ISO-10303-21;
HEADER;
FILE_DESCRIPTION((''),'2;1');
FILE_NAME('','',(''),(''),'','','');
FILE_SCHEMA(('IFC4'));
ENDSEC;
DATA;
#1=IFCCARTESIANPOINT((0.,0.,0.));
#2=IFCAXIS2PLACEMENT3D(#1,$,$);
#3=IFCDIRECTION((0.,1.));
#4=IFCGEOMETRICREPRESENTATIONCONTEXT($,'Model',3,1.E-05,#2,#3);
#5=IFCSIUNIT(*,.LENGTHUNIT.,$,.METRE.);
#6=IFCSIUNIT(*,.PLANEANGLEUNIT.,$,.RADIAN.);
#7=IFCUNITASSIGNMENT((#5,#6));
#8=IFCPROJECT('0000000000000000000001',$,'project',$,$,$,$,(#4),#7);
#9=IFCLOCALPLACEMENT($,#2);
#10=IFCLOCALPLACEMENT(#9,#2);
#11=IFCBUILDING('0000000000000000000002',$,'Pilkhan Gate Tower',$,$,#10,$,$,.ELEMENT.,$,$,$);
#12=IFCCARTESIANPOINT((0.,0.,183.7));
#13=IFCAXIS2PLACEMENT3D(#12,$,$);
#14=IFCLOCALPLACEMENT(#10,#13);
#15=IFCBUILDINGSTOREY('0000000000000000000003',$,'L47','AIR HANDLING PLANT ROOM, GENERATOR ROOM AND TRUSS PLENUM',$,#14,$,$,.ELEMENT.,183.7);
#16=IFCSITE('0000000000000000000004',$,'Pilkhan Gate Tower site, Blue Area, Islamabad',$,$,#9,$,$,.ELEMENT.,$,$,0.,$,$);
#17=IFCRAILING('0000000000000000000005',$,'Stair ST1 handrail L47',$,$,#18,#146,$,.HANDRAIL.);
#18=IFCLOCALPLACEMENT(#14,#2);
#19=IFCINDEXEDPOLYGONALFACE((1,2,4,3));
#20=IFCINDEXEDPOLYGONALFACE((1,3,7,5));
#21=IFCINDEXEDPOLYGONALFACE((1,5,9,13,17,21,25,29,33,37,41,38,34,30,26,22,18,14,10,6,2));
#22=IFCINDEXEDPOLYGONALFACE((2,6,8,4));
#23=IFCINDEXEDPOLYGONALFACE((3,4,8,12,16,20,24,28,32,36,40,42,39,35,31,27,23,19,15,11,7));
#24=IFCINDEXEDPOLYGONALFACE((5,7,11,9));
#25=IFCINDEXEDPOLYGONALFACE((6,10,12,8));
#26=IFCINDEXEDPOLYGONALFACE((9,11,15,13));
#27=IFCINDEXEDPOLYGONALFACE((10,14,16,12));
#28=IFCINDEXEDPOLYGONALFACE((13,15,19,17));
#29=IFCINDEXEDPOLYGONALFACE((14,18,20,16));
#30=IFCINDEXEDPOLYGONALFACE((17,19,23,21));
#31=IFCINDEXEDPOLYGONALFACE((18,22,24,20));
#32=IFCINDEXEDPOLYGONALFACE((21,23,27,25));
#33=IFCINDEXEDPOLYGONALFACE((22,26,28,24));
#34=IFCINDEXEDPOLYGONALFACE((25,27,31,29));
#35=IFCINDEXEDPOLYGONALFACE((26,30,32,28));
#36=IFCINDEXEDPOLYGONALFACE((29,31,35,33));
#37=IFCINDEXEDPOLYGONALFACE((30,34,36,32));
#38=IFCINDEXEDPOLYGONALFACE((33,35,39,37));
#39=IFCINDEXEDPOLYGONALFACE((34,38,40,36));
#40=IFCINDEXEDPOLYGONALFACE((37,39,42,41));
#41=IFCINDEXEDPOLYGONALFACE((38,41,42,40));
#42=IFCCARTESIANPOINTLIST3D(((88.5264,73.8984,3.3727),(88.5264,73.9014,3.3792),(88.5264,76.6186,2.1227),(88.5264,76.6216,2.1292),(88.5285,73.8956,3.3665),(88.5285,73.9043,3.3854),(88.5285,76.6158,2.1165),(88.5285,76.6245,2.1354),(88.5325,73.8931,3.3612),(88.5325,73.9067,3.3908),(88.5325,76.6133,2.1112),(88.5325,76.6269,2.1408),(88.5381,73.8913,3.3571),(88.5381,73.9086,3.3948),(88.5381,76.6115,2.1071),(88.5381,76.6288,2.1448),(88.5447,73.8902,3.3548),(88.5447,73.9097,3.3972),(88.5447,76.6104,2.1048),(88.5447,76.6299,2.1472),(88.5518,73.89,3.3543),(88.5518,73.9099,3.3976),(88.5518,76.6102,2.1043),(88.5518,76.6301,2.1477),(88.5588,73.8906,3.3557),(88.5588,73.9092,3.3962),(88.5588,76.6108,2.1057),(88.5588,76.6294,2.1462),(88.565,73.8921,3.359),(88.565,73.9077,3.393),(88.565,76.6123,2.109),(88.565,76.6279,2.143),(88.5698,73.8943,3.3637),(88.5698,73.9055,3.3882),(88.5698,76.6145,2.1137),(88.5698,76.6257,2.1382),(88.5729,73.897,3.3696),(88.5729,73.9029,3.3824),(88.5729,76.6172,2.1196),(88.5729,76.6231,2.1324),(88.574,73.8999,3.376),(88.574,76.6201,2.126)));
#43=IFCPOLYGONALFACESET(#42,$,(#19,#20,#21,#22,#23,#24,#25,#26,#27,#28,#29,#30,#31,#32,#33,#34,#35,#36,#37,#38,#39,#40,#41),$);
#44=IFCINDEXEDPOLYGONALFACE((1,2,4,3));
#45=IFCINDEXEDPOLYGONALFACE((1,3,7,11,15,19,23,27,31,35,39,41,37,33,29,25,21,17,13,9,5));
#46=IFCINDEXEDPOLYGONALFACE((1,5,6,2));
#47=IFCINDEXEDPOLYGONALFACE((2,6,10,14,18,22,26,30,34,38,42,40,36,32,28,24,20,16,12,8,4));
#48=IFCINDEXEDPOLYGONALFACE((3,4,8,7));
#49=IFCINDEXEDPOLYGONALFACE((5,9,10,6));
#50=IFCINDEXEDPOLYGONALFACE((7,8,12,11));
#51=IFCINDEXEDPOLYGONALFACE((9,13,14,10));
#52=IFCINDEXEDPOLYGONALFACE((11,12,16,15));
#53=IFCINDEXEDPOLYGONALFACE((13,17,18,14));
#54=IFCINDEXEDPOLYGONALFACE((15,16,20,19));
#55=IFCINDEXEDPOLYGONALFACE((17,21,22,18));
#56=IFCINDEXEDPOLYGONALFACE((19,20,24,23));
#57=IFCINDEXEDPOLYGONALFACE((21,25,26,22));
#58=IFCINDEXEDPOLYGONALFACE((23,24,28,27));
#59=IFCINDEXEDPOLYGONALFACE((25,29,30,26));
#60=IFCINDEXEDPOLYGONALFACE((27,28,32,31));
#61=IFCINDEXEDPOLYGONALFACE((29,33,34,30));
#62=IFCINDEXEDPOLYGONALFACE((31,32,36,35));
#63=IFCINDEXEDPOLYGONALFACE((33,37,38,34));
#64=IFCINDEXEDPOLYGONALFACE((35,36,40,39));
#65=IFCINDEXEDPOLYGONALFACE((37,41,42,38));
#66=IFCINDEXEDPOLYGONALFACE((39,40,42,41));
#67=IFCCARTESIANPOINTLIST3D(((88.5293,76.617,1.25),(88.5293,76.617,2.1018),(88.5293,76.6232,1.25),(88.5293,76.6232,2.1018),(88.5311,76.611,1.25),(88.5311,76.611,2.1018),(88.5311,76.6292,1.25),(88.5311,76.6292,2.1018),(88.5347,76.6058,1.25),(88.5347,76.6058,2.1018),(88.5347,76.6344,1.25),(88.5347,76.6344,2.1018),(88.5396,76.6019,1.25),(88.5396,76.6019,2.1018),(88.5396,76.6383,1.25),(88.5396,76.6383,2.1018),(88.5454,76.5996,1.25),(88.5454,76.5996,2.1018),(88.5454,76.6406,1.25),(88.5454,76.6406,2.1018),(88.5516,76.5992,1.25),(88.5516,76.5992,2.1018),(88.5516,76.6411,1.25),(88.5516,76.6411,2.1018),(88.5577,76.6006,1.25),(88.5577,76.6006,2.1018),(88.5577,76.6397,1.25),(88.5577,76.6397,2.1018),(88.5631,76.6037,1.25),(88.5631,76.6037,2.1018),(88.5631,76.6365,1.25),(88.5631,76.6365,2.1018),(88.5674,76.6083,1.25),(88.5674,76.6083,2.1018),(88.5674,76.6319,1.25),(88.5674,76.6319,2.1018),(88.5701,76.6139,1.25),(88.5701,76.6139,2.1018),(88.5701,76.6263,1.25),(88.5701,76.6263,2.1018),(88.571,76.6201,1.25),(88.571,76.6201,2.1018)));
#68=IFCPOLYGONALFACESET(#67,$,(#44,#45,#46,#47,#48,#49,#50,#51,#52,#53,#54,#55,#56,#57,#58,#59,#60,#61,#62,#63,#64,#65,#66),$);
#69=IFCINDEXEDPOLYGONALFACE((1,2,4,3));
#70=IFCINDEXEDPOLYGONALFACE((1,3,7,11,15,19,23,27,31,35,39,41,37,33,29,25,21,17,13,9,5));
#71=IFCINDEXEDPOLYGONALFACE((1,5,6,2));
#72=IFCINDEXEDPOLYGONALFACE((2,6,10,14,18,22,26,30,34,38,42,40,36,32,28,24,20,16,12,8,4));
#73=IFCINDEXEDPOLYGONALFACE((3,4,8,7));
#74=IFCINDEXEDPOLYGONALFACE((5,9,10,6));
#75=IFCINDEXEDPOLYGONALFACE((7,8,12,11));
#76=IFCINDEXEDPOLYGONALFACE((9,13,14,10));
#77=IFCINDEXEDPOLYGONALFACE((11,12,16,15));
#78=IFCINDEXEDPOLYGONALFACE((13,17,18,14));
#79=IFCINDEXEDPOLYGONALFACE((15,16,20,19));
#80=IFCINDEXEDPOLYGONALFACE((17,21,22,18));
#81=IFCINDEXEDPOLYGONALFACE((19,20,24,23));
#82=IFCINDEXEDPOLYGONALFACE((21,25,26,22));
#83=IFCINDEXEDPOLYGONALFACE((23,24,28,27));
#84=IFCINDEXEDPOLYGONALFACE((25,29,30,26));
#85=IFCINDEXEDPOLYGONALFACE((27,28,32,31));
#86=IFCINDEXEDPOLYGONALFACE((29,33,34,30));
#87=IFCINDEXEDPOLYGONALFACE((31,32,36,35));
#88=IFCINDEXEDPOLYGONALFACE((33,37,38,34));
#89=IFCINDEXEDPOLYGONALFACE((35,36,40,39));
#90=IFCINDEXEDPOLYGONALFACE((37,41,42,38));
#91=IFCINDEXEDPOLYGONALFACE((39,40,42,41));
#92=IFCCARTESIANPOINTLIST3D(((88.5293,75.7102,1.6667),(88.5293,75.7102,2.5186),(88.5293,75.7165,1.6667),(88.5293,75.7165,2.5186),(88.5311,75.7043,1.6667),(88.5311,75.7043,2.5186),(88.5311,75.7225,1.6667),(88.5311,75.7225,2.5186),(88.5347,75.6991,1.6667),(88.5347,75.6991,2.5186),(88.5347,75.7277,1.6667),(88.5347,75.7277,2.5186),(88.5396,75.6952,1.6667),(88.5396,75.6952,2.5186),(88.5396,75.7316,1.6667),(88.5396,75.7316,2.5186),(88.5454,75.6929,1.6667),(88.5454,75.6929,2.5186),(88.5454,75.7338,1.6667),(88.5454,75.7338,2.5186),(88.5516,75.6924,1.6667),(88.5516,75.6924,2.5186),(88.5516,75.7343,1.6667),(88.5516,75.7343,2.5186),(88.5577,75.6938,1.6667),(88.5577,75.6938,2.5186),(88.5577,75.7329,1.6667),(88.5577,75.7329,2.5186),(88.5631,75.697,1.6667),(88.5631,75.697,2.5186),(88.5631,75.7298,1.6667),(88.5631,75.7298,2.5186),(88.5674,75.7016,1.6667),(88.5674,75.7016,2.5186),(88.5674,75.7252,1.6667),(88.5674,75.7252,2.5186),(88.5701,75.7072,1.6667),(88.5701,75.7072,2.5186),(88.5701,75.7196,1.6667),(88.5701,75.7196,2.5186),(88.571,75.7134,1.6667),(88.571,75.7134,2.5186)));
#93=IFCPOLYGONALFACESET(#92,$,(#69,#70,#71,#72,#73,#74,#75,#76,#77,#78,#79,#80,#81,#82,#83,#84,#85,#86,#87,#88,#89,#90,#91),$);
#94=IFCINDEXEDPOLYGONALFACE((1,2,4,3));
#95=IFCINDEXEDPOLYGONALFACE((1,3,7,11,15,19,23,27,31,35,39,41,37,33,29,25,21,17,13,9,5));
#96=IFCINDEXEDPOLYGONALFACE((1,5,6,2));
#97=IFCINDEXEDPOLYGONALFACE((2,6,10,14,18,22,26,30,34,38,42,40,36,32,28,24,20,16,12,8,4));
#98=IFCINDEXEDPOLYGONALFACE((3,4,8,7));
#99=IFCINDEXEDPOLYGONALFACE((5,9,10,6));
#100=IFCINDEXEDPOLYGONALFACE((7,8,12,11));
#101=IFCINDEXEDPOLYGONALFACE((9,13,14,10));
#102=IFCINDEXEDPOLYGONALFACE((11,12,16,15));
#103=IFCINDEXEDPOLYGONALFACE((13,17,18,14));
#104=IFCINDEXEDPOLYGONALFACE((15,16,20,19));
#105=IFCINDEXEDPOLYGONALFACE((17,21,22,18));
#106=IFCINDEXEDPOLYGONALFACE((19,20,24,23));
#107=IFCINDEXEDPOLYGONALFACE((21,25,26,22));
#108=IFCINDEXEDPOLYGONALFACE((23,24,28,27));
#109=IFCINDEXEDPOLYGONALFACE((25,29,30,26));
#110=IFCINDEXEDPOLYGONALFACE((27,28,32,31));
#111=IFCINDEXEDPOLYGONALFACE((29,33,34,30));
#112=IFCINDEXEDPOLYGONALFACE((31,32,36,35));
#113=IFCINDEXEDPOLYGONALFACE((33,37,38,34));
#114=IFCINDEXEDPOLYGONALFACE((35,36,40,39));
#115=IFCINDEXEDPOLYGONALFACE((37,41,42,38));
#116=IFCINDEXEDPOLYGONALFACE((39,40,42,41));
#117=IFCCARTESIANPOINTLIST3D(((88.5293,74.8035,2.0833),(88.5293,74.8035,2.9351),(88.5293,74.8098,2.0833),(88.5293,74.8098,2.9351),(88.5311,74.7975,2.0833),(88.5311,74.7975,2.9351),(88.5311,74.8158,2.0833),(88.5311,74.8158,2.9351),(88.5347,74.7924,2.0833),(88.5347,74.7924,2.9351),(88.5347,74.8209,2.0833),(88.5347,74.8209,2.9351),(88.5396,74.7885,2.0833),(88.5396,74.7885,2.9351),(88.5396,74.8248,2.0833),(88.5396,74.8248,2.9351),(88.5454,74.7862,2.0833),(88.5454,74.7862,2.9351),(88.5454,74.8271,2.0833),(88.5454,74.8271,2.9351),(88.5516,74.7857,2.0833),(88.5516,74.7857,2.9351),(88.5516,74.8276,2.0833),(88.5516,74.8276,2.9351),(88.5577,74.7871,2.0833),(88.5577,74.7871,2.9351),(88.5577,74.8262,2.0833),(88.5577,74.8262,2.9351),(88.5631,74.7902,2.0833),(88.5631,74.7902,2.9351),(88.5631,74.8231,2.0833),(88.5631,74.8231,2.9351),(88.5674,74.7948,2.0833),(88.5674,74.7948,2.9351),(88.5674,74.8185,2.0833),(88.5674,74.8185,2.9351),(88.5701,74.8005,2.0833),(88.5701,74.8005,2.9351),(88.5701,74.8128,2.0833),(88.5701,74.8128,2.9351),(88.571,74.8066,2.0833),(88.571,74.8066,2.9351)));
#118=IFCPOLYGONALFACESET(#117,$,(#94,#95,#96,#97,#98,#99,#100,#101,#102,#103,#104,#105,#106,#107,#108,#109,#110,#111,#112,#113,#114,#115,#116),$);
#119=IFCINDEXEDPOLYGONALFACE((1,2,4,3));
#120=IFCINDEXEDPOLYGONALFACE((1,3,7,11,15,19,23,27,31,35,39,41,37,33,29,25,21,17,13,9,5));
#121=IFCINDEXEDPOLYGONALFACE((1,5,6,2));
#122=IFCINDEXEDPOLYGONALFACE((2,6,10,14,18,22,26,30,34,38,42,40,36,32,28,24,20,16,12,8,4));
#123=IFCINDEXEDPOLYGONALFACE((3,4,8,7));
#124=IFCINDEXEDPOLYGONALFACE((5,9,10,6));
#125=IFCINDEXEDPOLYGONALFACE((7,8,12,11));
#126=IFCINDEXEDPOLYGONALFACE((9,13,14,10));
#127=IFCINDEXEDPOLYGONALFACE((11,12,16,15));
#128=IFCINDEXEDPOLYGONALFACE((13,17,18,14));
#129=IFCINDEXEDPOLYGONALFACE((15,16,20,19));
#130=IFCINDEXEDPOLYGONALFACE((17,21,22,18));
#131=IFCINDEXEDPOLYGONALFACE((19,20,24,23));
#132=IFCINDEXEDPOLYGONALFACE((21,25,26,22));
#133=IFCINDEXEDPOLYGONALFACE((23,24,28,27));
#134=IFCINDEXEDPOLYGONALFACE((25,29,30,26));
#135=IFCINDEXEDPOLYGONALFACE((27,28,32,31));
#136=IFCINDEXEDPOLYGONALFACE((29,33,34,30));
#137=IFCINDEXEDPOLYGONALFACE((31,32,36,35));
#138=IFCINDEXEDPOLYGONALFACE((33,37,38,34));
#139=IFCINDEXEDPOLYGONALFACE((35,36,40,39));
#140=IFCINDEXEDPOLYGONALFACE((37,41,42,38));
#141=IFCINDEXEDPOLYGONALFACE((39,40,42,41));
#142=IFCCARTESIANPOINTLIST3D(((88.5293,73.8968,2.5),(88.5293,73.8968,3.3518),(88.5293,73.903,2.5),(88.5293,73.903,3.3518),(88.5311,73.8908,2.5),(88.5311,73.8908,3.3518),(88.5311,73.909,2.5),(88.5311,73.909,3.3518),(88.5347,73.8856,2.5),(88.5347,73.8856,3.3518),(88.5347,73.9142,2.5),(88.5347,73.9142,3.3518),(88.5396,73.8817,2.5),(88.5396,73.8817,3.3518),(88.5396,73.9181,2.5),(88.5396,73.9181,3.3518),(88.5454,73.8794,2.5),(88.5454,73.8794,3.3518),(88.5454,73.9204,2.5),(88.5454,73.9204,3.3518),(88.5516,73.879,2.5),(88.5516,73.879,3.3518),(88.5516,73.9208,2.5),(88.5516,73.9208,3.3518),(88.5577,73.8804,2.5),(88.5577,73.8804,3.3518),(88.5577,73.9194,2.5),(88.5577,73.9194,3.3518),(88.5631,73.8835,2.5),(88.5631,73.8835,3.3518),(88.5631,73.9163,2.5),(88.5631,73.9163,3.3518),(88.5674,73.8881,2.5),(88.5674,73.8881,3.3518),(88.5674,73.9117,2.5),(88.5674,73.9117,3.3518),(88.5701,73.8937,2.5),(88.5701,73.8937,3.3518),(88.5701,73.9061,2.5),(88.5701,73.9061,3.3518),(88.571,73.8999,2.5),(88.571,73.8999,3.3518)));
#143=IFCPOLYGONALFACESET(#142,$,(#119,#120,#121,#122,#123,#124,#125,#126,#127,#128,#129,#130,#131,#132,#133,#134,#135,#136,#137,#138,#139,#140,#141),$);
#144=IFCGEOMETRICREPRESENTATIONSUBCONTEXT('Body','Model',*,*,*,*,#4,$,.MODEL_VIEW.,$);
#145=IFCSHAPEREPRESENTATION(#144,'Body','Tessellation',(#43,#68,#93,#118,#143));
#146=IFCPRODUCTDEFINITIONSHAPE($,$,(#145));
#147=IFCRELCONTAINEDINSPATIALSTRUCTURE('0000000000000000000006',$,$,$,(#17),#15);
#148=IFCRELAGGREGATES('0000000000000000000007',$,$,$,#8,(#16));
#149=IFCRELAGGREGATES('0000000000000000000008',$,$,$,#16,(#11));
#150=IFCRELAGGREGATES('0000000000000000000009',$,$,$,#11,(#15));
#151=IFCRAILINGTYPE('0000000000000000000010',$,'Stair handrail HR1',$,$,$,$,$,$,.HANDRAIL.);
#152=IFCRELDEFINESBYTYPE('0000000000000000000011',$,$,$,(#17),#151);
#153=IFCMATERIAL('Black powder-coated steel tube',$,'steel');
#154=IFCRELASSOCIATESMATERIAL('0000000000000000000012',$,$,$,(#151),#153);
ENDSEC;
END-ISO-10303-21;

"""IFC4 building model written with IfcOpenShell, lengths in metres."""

from ifc_helpers import new_model, si_unit, direction, frame, origin, origin_2d, place, context, subcontext, project, spatial, circle, extrude, material, type_object, element, save


model = new_model("IFC4")

# Units and contexts
model_context = context("Model", 3, precision=1e-05, world=origin(), true_north=direction((0.0, 1.0)))
body_context = subcontext(model_context, "Body", "Model", "MODEL_VIEW")
ifc_project = project(units=[si_unit("LENGTHUNIT", "METRE"), si_unit("PLANEANGLEUNIT", "RADIAN")], contexts=[model_context])

# Site, building, storey
site_placement = place(None, origin())
site = spatial("IfcSite", under=ifc_project, at=site_placement, Name="Pilkhan Gate Tower site, Blue Area, Islamabad", CompositionType="ELEMENT", RefElevation=0.0)
building_placement = place(site_placement, origin())
building = spatial("IfcBuilding", under=site, at=building_placement, Name="Pilkhan Gate Tower", CompositionType="ELEMENT")
storey_placement = place(building_placement, frame((0.0, 0.0, 183.7)))
storey = spatial("IfcBuildingStorey", under=building, at=storey_placement, Name="L47", Description="AIR HANDLING PLANT ROOM, GENERATOR ROOM AND TRUSS PLENUM", CompositionType="ELEMENT", Elevation=183.7)

# Railing
ifc_material_1 = material(Name="Black powder-coated steel tube", Category="steel")
railing_type_1 = type_object("IfcRailingType", Name="Stair handrail HR1", PredefinedType="HANDRAIL", material=ifc_material_1)
for number, where, name in (
    (1, (88.55, 76.6201, 1.25), "Stair ST1 handrail L47"),
):
    element("IfcRailing", number, at=place(storey_placement, frame(where)), inside=storey, type_object=railing_type_1, Name=name, PredefinedType="HANDRAIL", context=body_context, shape_type="SweptSolid", body=[
        extrude(circle(Radius=0.0239, at=origin_2d()), frame((0.0, 0.0, 0.876), z_axis=(0.0, -0.908655, 0.417547), x_axis=(1.0, 0.0, 0.0)), (0.0, 0.0, 1.0), 2.9937),
        extrude(circle(Radius=0.021, at=origin_2d()), origin(), (0.0, 0.0, 1.0), 0.8518),
        extrude(circle(Radius=0.021, at=origin_2d()), frame((0.0, -0.9067, 0.4167)), (0.0, 0.0, 1.0), 0.8518),
        extrude(circle(Radius=0.021, at=origin_2d()), frame((0.0, -1.8135, 0.8333)), (0.0, 0.0, 1.0), 0.8518),
        extrude(circle(Radius=0.021, at=origin_2d()), frame((0.0, -2.7202, 1.25)), (0.0, 0.0, 1.0), 0.8518),
    ])

save(model, "model.ifc")
